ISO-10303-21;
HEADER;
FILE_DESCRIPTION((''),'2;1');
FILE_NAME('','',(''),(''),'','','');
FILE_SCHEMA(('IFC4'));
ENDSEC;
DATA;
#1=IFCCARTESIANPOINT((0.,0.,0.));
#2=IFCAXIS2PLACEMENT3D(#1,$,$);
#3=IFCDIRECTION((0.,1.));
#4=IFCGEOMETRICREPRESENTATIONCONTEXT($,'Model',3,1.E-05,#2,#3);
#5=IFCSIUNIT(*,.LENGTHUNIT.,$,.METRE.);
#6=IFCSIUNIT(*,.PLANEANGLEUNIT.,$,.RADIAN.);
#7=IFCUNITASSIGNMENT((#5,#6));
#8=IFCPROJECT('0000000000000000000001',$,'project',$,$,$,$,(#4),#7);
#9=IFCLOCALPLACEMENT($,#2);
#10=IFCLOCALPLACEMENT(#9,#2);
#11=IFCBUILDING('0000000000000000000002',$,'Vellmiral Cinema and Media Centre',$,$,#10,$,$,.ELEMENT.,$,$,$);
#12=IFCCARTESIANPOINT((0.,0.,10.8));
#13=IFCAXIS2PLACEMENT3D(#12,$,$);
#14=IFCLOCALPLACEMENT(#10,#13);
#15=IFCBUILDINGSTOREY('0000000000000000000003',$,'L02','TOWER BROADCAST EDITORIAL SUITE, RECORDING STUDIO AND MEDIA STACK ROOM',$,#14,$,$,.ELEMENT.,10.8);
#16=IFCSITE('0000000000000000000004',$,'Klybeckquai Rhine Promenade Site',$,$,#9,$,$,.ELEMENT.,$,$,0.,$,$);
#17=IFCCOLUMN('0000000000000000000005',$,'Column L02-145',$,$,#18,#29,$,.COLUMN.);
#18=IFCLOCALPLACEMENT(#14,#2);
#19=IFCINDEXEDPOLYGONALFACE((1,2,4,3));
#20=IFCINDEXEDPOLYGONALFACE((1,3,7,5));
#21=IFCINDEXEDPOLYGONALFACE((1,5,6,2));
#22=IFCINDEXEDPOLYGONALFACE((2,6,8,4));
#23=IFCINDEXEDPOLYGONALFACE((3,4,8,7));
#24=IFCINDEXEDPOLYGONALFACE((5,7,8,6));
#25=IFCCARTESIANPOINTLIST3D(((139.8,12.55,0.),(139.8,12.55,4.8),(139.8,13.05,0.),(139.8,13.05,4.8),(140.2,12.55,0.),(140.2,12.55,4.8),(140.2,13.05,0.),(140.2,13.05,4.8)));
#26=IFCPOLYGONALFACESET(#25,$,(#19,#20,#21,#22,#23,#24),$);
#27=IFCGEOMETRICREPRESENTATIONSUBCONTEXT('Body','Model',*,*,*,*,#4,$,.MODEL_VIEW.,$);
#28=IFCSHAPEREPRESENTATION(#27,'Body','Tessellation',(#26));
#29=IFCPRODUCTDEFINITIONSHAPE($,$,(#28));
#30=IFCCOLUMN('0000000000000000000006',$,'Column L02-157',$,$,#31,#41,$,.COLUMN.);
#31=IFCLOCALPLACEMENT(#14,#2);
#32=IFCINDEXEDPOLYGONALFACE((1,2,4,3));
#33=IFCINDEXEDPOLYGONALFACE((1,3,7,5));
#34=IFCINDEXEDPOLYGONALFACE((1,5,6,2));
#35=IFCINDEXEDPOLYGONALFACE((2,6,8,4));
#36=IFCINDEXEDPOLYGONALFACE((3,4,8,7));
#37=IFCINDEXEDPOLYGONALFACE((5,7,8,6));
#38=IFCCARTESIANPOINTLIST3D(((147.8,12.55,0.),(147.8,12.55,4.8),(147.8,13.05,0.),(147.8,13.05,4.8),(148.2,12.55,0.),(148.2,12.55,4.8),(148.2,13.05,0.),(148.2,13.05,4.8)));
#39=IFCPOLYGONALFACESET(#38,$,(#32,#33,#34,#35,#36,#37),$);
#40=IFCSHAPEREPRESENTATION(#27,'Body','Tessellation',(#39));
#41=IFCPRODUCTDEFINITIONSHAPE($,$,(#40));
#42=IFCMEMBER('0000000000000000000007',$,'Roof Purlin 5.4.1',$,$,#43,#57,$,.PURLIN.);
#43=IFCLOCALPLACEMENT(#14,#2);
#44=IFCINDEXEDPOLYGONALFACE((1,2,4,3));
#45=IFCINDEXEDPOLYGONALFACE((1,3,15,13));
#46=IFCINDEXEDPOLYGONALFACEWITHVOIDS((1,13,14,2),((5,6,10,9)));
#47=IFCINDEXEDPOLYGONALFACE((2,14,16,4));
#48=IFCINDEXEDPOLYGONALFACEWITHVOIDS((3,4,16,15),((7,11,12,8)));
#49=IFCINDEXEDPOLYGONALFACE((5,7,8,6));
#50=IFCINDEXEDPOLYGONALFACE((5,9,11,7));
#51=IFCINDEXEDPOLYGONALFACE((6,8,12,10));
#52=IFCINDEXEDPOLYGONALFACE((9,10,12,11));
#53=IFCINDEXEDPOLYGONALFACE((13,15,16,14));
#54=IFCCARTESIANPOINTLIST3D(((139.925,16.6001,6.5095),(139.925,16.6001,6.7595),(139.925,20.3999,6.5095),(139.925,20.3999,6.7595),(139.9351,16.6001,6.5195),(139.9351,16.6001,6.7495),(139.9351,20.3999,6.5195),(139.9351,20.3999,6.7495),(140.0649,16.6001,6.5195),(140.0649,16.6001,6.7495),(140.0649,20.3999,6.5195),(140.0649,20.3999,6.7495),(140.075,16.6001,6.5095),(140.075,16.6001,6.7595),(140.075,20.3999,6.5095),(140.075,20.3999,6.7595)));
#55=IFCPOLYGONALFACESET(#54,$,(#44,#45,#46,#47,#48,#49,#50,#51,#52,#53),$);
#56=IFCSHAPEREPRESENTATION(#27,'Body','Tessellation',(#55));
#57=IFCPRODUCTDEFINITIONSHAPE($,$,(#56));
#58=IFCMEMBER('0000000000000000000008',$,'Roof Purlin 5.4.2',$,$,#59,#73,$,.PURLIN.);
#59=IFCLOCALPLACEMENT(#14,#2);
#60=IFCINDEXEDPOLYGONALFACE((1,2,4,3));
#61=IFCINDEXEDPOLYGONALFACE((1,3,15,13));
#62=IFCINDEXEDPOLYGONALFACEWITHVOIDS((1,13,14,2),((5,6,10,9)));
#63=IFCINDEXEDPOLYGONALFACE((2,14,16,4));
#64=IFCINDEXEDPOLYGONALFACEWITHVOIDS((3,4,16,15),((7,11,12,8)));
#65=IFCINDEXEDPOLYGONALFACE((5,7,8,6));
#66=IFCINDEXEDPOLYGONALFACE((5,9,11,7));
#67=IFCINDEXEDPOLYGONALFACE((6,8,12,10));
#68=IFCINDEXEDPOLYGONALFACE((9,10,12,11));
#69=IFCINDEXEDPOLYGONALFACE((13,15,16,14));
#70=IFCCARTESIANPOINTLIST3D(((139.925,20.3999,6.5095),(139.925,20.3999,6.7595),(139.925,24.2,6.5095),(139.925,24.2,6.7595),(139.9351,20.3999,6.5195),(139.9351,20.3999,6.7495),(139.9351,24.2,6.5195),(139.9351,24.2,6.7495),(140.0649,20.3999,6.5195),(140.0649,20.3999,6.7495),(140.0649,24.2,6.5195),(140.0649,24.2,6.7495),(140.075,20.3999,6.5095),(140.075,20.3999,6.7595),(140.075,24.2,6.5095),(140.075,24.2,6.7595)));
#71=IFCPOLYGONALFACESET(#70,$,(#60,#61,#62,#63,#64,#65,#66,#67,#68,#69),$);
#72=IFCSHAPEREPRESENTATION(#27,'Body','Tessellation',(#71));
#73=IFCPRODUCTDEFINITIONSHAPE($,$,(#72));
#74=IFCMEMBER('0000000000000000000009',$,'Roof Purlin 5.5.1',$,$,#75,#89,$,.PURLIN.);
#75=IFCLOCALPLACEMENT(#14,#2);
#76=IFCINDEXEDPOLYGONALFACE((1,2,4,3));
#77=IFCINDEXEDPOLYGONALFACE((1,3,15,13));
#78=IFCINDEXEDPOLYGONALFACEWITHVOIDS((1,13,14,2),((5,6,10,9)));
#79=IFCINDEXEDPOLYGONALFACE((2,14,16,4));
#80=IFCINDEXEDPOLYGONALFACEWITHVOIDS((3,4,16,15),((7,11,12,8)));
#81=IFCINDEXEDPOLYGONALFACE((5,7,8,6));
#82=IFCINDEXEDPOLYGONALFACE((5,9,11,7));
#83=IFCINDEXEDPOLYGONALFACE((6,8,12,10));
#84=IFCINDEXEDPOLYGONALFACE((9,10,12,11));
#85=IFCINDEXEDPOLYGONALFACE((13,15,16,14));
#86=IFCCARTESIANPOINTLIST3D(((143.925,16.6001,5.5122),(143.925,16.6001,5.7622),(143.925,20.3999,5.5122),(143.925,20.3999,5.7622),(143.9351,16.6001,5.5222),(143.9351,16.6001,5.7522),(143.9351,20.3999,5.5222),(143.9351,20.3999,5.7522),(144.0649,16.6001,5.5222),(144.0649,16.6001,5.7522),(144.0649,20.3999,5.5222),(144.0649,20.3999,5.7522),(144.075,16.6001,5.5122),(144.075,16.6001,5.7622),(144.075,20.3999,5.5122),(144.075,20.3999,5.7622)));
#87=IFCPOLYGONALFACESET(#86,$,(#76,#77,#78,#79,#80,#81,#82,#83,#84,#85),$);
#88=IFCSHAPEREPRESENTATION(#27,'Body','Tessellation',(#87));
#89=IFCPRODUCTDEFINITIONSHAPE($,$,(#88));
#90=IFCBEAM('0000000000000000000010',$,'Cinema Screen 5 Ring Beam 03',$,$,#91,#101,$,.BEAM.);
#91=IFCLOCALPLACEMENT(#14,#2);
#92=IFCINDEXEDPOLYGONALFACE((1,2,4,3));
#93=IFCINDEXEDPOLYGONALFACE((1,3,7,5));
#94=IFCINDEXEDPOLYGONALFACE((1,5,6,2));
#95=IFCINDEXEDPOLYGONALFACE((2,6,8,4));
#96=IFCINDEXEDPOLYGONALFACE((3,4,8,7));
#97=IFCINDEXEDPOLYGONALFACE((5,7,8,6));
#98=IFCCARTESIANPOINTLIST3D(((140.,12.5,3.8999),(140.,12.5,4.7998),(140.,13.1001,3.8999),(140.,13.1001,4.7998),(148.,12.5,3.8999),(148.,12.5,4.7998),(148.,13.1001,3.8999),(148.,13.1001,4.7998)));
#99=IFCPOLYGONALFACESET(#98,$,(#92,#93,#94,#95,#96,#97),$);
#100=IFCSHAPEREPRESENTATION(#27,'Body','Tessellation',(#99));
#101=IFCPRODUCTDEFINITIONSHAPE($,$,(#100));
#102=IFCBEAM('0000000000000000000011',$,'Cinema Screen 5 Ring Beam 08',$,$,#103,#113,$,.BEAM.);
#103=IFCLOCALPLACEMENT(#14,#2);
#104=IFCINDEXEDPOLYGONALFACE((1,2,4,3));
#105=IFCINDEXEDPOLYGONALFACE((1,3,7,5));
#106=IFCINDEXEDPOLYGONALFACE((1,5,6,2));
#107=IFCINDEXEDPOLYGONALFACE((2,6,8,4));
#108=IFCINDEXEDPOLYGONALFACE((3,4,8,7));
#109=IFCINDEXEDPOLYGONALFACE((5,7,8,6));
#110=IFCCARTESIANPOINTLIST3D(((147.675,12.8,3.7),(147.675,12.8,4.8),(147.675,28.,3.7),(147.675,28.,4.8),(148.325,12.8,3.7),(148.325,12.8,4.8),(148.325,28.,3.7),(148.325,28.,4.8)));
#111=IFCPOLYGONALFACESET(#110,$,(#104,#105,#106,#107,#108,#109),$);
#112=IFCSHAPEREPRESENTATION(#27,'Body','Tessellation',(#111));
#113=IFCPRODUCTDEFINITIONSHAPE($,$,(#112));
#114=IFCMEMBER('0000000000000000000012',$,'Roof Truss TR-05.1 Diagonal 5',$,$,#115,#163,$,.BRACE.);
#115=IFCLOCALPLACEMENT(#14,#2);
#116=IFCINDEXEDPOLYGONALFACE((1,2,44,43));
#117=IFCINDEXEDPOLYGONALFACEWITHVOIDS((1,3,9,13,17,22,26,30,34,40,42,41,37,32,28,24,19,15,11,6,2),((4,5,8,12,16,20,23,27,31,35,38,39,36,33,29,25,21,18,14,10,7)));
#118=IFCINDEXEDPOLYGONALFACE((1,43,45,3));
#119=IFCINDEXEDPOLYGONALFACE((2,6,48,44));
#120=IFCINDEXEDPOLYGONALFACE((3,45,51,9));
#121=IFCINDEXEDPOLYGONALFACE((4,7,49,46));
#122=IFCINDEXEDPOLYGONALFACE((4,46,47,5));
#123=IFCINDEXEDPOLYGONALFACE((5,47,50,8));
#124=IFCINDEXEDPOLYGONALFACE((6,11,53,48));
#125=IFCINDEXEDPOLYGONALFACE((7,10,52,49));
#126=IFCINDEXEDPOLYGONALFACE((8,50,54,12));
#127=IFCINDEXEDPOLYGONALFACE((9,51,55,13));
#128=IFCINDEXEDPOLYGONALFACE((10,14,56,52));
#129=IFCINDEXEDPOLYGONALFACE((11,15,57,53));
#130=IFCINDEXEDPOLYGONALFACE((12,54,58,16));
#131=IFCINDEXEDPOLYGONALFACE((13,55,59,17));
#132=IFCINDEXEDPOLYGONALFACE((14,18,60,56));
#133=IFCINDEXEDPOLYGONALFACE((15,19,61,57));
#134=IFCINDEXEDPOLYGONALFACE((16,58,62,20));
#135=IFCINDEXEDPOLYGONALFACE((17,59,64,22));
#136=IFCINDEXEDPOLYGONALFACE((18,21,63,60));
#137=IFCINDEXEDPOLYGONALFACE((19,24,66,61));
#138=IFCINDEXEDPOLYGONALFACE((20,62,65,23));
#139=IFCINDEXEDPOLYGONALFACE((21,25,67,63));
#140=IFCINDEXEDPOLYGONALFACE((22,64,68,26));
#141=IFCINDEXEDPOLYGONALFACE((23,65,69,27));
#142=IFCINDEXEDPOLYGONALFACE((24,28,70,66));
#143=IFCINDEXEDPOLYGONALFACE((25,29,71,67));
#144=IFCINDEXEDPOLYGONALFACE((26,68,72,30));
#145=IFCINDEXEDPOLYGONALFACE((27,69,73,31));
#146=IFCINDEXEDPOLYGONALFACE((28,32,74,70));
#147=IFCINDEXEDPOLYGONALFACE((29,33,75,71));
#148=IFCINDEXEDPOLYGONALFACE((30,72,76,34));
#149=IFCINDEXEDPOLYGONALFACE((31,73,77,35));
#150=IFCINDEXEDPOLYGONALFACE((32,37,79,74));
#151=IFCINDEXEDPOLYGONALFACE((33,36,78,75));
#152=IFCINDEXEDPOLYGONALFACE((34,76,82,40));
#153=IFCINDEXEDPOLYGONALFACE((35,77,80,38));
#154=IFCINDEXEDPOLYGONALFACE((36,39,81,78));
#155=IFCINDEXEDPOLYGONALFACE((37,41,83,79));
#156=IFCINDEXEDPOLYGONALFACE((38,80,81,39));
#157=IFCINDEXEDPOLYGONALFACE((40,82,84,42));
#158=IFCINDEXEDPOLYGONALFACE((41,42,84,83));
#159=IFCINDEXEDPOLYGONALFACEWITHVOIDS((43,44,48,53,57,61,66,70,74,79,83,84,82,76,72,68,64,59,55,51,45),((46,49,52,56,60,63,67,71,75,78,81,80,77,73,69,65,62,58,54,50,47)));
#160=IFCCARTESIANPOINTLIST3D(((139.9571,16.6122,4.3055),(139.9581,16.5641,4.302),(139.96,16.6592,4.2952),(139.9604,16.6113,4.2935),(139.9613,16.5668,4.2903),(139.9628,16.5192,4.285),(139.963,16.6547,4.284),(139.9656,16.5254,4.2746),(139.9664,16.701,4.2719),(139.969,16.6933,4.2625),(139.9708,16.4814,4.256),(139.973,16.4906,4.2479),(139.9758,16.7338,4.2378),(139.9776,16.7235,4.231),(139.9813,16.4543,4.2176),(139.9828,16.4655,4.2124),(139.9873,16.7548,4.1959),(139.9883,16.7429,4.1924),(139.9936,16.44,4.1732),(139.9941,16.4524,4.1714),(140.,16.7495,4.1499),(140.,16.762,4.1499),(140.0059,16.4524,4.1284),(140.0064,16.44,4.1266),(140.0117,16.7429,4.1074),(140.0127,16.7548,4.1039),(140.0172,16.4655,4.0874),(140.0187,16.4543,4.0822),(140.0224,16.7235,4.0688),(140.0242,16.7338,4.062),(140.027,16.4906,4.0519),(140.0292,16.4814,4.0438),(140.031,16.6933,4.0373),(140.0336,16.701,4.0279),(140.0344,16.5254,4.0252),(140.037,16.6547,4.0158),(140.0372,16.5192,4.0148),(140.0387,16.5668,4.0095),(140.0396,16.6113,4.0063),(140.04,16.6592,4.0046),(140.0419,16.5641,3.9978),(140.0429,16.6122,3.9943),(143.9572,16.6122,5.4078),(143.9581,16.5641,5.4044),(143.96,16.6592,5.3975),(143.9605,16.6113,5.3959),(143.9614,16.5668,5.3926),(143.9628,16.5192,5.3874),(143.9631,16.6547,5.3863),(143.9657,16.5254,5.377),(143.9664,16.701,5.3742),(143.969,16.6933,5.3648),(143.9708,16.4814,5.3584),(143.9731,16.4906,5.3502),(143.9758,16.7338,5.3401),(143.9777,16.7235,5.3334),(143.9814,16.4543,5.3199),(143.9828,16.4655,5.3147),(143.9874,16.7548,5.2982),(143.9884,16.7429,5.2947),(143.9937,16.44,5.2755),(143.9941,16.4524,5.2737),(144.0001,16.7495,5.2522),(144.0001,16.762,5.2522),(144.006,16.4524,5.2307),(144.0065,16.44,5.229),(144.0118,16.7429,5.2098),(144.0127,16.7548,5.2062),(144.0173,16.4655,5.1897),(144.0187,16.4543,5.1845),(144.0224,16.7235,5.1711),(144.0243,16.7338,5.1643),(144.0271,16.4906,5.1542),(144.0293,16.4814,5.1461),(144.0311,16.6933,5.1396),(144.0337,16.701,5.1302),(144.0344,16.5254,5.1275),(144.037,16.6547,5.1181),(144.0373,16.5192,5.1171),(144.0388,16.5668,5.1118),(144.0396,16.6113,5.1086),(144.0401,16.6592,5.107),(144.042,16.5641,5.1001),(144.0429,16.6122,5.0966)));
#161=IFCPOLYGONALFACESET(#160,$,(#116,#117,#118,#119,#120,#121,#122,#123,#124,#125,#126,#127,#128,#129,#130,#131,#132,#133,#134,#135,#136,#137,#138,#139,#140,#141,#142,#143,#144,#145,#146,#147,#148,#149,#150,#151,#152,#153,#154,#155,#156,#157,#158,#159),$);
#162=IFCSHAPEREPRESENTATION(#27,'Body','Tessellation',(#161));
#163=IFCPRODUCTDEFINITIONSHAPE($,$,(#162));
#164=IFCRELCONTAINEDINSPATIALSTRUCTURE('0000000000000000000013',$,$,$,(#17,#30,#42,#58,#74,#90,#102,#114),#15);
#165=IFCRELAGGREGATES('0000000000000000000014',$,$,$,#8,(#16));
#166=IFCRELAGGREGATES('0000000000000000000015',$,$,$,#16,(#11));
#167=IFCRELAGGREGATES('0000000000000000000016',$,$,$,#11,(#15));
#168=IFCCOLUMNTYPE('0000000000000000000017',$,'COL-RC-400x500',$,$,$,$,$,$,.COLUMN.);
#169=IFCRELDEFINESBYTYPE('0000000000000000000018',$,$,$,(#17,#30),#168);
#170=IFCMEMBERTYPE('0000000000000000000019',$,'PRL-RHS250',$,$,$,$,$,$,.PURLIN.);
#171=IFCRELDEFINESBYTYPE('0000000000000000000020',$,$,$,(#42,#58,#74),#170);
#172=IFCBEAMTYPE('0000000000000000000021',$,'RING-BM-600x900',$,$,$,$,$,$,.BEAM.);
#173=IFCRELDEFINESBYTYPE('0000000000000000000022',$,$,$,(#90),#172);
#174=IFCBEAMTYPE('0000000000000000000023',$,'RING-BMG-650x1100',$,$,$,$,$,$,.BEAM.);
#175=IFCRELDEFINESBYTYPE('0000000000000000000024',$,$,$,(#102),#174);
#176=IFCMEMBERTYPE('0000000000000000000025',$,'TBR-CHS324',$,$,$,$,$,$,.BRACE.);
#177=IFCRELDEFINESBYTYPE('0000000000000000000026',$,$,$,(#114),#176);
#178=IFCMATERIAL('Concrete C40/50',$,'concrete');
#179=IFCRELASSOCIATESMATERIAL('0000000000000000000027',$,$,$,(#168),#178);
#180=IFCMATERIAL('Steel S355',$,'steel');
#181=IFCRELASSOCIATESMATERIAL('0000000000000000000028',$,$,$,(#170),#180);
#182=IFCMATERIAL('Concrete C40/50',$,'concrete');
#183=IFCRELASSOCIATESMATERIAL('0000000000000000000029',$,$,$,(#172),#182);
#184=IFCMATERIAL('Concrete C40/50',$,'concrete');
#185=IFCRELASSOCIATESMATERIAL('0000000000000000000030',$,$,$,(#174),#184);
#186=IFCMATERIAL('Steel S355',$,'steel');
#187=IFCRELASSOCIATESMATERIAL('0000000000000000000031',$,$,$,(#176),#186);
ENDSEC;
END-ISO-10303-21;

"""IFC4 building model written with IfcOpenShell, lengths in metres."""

from ifc_helpers import new_model, si_unit, direction, frame, origin, origin_2d, place, context, subcontext, project, spatial, rectangle, hollow_rectangle, hollow_circle, extrude, material, material_profile, profile_set, type_object, element, save


model = new_model("IFC4")

# Units and contexts
model_context = context("Model", 3, precision=1e-05, world=origin(), true_north=direction((0.0, 1.0)))
body_context = subcontext(model_context, "Body", "Model", "MODEL_VIEW")
ifc_project = project(units=[si_unit("LENGTHUNIT", "METRE"), si_unit("PLANEANGLEUNIT", "RADIAN")], contexts=[model_context])

# Site, building, storey
site_placement = place(None, origin())
site = spatial("IfcSite", under=ifc_project, at=site_placement, Name="Klybeckquai Rhine Promenade Site", CompositionType="ELEMENT", RefElevation=0.0)
building_placement = place(site_placement, origin())
building = spatial("IfcBuilding", under=site, at=building_placement, Name="Vellmiral Cinema and Media Centre", CompositionType="ELEMENT")
storey_placement = place(building_placement, frame((0.0, 0.0, 10.8)))
storey = spatial("IfcBuildingStorey", under=building, at=storey_placement, Name="L02", Description="TOWER BROADCAST EDITORIAL SUITE, RECORDING STUDIO AND MEDIA STACK ROOM", CompositionType="ELEMENT", Elevation=10.8)

# Columns
ifc_material_1 = material(Name="Concrete C40/50", Category="concrete")
ifc_material_profile_1 = material_profile(ifc_material_1, rectangle(XDim=0.3999, YDim=0.5, at=origin_2d()), Name="RC 400x500")
ifc_profile_set_1 = profile_set([ifc_material_profile_1], Name="Concrete C40/50")
column_type = type_object("IfcColumnType", Name="COL-RC-400x500", PredefinedType="COLUMN", material=ifc_profile_set_1)
for number, where, z_axis, x_axis, name in (
    (1, (140.0, 12.8, 0.0), (0.0, 0.0, 1.0), (1.0, 0.0, 0.0), "Column L02-145"),
    (2, (148.0, 12.8, 0.0), (0.0, 0.0, 1.0), (1.0, 0.0, 0.0), "Column L02-157"),
):
    element("IfcColumn", number, at=place(storey_placement, frame(where, z_axis=z_axis, x_axis=x_axis)), inside=storey, type_object=column_type, Name=name, PredefinedType="COLUMN", context=body_context, shape_type="SweptSolid", body=[
        extrude(rectangle(XDim=0.3999, YDim=0.5, at=origin_2d()), origin(), (0.0, 0.0, 1.0), 4.8),
    ])

# Members
ifc_material_2 = material(Name="Steel S355", Category="steel")
ifc_material_profile_2 = material_profile(ifc_material_2, hollow_rectangle(XDim=0.1499, YDim=0.25, WallThickness=0.01, at=origin_2d()), Name="RHS 250x150x10.0")
ifc_profile_set_2 = profile_set([ifc_material_profile_2], Name="Steel S355")
member_type_1 = type_object("IfcMemberType", Name="PRL-RHS250", PredefinedType="PURLIN", material=ifc_profile_set_2)
member_1_placement = place(storey_placement, frame((140.0, 16.6001, 6.6345), z_axis=(0.0, 1.0, 0.0), x_axis=(-1.0, 0.0, 0.0)))
element("IfcMember", 3, at=member_1_placement, inside=storey, type_object=member_type_1, Name="Roof Purlin 5.4.1", PredefinedType="PURLIN", context=body_context, shape_type="SweptSolid", body=[
    extrude(hollow_rectangle(XDim=0.1499, YDim=0.25, WallThickness=0.01, at=origin_2d()), origin(), (0.0, 0.0, 1.0), 3.7998),
])
member_2_placement = place(storey_placement, frame((140.0, 20.3999, 6.6345), z_axis=(0.0, 1.0, 0.0), x_axis=(-1.0, 0.0, 0.0)))
element("IfcMember", 4, at=member_2_placement, inside=storey, type_object=member_type_1, Name="Roof Purlin 5.4.2", PredefinedType="PURLIN", context=body_context, shape_type="SweptSolid", body=[
    extrude(hollow_rectangle(XDim=0.1499, YDim=0.25, WallThickness=0.01, at=origin_2d()), origin(), (0.0, 0.0, 1.0), 3.8),
])
member_3_placement = place(storey_placement, frame((144.0, 16.6001, 5.6372), z_axis=(0.0, 1.0, 0.0), x_axis=(-1.0, 0.0, 0.0)))
element("IfcMember", 5, at=member_3_placement, inside=storey, type_object=member_type_1, Name="Roof Purlin 5.5.1", PredefinedType="PURLIN", context=body_context, shape_type="SweptSolid", body=[
    extrude(hollow_rectangle(XDim=0.1499, YDim=0.25, WallThickness=0.01, at=origin_2d()), origin(), (0.0, 0.0, 1.0), 3.7998),
])

# Beams
ifc_material_3 = material(Name="Concrete C40/50", Category="concrete")
ifc_material_profile_3 = material_profile(ifc_material_3, rectangle(XDim=0.6001, YDim=0.8999, at=origin_2d()), Name="RC 600x900")
ifc_profile_set_3 = profile_set([ifc_material_profile_3], Name="Concrete C40/50")
beam_type_1 = type_object("IfcBeamType", Name="RING-BM-600x900", PredefinedType="BEAM", material=ifc_profile_set_3)
beam_1_placement = place(storey_placement, frame((140.0, 12.8, 4.3499), z_axis=(1.0, 0.0, 0.0), x_axis=(0.0, 1.0, 0.0)))
element("IfcBeam", 6, at=beam_1_placement, inside=storey, type_object=beam_type_1, Name="Cinema Screen 5 Ring Beam 03", PredefinedType="BEAM", context=body_context, shape_type="SweptSolid", body=[
    extrude(rectangle(XDim=0.6001, YDim=0.8999, at=origin_2d()), origin(), (0.0, 0.0, 1.0), 8.0),
])
ifc_material_4 = material(Name="Concrete C40/50", Category="concrete")
ifc_material_profile_4 = material_profile(ifc_material_4, rectangle(XDim=0.6499, YDim=1.1001, at=origin_2d()), Name="RC 650x1100")
ifc_profile_set_4 = profile_set([ifc_material_profile_4], Name="Concrete C40/50")
beam_type_2 = type_object("IfcBeamType", Name="RING-BMG-650x1100", PredefinedType="BEAM", material=ifc_profile_set_4)
beam_2_placement = place(storey_placement, frame((148.0, 12.8, 4.25), z_axis=(0.0, 1.0, 0.0), x_axis=(-1.0, 0.0, 0.0)))
element("IfcBeam", 7, at=beam_2_placement, inside=storey, type_object=beam_type_2, Name="Cinema Screen 5 Ring Beam 08", PredefinedType="BEAM", context=body_context, shape_type="SweptSolid", body=[
    extrude(rectangle(XDim=0.6499, YDim=1.1001, at=origin_2d()), origin(), (0.0, 0.0, 1.0), 15.2),
])

# Member
ifc_material_5 = material(Name="Steel S355", Category="steel")
ifc_material_profile_5 = material_profile(ifc_material_5, hollow_circle(Radius=0.1619, WallThickness=0.0125, at=origin_2d()), Name="CHS 323.9x12.5")
ifc_profile_set_5 = profile_set([ifc_material_profile_5], Name="Steel S355")
member_type_2 = type_object("IfcMemberType", Name="TBR-CHS324", PredefinedType="BRACE", material=ifc_profile_set_5)
member_4_placement = place(storey_placement, frame((140.0, 16.6001, 4.1499), z_axis=(0.964064, 0.0, 0.265671), x_axis=(0.0, 1.0, 0.0)))
element("IfcMember", 8, at=member_4_placement, inside=storey, type_object=member_type_2, Name="Roof Truss TR-05.1 Diagonal 5", PredefinedType="BRACE", context=body_context, shape_type="SweptSolid", body=[
    extrude(hollow_circle(Radius=0.1619, WallThickness=0.0125, at=origin_2d()), origin(), (0.0, 0.0, 1.0), 4.1492),
])

save(model, "model.ifc")
